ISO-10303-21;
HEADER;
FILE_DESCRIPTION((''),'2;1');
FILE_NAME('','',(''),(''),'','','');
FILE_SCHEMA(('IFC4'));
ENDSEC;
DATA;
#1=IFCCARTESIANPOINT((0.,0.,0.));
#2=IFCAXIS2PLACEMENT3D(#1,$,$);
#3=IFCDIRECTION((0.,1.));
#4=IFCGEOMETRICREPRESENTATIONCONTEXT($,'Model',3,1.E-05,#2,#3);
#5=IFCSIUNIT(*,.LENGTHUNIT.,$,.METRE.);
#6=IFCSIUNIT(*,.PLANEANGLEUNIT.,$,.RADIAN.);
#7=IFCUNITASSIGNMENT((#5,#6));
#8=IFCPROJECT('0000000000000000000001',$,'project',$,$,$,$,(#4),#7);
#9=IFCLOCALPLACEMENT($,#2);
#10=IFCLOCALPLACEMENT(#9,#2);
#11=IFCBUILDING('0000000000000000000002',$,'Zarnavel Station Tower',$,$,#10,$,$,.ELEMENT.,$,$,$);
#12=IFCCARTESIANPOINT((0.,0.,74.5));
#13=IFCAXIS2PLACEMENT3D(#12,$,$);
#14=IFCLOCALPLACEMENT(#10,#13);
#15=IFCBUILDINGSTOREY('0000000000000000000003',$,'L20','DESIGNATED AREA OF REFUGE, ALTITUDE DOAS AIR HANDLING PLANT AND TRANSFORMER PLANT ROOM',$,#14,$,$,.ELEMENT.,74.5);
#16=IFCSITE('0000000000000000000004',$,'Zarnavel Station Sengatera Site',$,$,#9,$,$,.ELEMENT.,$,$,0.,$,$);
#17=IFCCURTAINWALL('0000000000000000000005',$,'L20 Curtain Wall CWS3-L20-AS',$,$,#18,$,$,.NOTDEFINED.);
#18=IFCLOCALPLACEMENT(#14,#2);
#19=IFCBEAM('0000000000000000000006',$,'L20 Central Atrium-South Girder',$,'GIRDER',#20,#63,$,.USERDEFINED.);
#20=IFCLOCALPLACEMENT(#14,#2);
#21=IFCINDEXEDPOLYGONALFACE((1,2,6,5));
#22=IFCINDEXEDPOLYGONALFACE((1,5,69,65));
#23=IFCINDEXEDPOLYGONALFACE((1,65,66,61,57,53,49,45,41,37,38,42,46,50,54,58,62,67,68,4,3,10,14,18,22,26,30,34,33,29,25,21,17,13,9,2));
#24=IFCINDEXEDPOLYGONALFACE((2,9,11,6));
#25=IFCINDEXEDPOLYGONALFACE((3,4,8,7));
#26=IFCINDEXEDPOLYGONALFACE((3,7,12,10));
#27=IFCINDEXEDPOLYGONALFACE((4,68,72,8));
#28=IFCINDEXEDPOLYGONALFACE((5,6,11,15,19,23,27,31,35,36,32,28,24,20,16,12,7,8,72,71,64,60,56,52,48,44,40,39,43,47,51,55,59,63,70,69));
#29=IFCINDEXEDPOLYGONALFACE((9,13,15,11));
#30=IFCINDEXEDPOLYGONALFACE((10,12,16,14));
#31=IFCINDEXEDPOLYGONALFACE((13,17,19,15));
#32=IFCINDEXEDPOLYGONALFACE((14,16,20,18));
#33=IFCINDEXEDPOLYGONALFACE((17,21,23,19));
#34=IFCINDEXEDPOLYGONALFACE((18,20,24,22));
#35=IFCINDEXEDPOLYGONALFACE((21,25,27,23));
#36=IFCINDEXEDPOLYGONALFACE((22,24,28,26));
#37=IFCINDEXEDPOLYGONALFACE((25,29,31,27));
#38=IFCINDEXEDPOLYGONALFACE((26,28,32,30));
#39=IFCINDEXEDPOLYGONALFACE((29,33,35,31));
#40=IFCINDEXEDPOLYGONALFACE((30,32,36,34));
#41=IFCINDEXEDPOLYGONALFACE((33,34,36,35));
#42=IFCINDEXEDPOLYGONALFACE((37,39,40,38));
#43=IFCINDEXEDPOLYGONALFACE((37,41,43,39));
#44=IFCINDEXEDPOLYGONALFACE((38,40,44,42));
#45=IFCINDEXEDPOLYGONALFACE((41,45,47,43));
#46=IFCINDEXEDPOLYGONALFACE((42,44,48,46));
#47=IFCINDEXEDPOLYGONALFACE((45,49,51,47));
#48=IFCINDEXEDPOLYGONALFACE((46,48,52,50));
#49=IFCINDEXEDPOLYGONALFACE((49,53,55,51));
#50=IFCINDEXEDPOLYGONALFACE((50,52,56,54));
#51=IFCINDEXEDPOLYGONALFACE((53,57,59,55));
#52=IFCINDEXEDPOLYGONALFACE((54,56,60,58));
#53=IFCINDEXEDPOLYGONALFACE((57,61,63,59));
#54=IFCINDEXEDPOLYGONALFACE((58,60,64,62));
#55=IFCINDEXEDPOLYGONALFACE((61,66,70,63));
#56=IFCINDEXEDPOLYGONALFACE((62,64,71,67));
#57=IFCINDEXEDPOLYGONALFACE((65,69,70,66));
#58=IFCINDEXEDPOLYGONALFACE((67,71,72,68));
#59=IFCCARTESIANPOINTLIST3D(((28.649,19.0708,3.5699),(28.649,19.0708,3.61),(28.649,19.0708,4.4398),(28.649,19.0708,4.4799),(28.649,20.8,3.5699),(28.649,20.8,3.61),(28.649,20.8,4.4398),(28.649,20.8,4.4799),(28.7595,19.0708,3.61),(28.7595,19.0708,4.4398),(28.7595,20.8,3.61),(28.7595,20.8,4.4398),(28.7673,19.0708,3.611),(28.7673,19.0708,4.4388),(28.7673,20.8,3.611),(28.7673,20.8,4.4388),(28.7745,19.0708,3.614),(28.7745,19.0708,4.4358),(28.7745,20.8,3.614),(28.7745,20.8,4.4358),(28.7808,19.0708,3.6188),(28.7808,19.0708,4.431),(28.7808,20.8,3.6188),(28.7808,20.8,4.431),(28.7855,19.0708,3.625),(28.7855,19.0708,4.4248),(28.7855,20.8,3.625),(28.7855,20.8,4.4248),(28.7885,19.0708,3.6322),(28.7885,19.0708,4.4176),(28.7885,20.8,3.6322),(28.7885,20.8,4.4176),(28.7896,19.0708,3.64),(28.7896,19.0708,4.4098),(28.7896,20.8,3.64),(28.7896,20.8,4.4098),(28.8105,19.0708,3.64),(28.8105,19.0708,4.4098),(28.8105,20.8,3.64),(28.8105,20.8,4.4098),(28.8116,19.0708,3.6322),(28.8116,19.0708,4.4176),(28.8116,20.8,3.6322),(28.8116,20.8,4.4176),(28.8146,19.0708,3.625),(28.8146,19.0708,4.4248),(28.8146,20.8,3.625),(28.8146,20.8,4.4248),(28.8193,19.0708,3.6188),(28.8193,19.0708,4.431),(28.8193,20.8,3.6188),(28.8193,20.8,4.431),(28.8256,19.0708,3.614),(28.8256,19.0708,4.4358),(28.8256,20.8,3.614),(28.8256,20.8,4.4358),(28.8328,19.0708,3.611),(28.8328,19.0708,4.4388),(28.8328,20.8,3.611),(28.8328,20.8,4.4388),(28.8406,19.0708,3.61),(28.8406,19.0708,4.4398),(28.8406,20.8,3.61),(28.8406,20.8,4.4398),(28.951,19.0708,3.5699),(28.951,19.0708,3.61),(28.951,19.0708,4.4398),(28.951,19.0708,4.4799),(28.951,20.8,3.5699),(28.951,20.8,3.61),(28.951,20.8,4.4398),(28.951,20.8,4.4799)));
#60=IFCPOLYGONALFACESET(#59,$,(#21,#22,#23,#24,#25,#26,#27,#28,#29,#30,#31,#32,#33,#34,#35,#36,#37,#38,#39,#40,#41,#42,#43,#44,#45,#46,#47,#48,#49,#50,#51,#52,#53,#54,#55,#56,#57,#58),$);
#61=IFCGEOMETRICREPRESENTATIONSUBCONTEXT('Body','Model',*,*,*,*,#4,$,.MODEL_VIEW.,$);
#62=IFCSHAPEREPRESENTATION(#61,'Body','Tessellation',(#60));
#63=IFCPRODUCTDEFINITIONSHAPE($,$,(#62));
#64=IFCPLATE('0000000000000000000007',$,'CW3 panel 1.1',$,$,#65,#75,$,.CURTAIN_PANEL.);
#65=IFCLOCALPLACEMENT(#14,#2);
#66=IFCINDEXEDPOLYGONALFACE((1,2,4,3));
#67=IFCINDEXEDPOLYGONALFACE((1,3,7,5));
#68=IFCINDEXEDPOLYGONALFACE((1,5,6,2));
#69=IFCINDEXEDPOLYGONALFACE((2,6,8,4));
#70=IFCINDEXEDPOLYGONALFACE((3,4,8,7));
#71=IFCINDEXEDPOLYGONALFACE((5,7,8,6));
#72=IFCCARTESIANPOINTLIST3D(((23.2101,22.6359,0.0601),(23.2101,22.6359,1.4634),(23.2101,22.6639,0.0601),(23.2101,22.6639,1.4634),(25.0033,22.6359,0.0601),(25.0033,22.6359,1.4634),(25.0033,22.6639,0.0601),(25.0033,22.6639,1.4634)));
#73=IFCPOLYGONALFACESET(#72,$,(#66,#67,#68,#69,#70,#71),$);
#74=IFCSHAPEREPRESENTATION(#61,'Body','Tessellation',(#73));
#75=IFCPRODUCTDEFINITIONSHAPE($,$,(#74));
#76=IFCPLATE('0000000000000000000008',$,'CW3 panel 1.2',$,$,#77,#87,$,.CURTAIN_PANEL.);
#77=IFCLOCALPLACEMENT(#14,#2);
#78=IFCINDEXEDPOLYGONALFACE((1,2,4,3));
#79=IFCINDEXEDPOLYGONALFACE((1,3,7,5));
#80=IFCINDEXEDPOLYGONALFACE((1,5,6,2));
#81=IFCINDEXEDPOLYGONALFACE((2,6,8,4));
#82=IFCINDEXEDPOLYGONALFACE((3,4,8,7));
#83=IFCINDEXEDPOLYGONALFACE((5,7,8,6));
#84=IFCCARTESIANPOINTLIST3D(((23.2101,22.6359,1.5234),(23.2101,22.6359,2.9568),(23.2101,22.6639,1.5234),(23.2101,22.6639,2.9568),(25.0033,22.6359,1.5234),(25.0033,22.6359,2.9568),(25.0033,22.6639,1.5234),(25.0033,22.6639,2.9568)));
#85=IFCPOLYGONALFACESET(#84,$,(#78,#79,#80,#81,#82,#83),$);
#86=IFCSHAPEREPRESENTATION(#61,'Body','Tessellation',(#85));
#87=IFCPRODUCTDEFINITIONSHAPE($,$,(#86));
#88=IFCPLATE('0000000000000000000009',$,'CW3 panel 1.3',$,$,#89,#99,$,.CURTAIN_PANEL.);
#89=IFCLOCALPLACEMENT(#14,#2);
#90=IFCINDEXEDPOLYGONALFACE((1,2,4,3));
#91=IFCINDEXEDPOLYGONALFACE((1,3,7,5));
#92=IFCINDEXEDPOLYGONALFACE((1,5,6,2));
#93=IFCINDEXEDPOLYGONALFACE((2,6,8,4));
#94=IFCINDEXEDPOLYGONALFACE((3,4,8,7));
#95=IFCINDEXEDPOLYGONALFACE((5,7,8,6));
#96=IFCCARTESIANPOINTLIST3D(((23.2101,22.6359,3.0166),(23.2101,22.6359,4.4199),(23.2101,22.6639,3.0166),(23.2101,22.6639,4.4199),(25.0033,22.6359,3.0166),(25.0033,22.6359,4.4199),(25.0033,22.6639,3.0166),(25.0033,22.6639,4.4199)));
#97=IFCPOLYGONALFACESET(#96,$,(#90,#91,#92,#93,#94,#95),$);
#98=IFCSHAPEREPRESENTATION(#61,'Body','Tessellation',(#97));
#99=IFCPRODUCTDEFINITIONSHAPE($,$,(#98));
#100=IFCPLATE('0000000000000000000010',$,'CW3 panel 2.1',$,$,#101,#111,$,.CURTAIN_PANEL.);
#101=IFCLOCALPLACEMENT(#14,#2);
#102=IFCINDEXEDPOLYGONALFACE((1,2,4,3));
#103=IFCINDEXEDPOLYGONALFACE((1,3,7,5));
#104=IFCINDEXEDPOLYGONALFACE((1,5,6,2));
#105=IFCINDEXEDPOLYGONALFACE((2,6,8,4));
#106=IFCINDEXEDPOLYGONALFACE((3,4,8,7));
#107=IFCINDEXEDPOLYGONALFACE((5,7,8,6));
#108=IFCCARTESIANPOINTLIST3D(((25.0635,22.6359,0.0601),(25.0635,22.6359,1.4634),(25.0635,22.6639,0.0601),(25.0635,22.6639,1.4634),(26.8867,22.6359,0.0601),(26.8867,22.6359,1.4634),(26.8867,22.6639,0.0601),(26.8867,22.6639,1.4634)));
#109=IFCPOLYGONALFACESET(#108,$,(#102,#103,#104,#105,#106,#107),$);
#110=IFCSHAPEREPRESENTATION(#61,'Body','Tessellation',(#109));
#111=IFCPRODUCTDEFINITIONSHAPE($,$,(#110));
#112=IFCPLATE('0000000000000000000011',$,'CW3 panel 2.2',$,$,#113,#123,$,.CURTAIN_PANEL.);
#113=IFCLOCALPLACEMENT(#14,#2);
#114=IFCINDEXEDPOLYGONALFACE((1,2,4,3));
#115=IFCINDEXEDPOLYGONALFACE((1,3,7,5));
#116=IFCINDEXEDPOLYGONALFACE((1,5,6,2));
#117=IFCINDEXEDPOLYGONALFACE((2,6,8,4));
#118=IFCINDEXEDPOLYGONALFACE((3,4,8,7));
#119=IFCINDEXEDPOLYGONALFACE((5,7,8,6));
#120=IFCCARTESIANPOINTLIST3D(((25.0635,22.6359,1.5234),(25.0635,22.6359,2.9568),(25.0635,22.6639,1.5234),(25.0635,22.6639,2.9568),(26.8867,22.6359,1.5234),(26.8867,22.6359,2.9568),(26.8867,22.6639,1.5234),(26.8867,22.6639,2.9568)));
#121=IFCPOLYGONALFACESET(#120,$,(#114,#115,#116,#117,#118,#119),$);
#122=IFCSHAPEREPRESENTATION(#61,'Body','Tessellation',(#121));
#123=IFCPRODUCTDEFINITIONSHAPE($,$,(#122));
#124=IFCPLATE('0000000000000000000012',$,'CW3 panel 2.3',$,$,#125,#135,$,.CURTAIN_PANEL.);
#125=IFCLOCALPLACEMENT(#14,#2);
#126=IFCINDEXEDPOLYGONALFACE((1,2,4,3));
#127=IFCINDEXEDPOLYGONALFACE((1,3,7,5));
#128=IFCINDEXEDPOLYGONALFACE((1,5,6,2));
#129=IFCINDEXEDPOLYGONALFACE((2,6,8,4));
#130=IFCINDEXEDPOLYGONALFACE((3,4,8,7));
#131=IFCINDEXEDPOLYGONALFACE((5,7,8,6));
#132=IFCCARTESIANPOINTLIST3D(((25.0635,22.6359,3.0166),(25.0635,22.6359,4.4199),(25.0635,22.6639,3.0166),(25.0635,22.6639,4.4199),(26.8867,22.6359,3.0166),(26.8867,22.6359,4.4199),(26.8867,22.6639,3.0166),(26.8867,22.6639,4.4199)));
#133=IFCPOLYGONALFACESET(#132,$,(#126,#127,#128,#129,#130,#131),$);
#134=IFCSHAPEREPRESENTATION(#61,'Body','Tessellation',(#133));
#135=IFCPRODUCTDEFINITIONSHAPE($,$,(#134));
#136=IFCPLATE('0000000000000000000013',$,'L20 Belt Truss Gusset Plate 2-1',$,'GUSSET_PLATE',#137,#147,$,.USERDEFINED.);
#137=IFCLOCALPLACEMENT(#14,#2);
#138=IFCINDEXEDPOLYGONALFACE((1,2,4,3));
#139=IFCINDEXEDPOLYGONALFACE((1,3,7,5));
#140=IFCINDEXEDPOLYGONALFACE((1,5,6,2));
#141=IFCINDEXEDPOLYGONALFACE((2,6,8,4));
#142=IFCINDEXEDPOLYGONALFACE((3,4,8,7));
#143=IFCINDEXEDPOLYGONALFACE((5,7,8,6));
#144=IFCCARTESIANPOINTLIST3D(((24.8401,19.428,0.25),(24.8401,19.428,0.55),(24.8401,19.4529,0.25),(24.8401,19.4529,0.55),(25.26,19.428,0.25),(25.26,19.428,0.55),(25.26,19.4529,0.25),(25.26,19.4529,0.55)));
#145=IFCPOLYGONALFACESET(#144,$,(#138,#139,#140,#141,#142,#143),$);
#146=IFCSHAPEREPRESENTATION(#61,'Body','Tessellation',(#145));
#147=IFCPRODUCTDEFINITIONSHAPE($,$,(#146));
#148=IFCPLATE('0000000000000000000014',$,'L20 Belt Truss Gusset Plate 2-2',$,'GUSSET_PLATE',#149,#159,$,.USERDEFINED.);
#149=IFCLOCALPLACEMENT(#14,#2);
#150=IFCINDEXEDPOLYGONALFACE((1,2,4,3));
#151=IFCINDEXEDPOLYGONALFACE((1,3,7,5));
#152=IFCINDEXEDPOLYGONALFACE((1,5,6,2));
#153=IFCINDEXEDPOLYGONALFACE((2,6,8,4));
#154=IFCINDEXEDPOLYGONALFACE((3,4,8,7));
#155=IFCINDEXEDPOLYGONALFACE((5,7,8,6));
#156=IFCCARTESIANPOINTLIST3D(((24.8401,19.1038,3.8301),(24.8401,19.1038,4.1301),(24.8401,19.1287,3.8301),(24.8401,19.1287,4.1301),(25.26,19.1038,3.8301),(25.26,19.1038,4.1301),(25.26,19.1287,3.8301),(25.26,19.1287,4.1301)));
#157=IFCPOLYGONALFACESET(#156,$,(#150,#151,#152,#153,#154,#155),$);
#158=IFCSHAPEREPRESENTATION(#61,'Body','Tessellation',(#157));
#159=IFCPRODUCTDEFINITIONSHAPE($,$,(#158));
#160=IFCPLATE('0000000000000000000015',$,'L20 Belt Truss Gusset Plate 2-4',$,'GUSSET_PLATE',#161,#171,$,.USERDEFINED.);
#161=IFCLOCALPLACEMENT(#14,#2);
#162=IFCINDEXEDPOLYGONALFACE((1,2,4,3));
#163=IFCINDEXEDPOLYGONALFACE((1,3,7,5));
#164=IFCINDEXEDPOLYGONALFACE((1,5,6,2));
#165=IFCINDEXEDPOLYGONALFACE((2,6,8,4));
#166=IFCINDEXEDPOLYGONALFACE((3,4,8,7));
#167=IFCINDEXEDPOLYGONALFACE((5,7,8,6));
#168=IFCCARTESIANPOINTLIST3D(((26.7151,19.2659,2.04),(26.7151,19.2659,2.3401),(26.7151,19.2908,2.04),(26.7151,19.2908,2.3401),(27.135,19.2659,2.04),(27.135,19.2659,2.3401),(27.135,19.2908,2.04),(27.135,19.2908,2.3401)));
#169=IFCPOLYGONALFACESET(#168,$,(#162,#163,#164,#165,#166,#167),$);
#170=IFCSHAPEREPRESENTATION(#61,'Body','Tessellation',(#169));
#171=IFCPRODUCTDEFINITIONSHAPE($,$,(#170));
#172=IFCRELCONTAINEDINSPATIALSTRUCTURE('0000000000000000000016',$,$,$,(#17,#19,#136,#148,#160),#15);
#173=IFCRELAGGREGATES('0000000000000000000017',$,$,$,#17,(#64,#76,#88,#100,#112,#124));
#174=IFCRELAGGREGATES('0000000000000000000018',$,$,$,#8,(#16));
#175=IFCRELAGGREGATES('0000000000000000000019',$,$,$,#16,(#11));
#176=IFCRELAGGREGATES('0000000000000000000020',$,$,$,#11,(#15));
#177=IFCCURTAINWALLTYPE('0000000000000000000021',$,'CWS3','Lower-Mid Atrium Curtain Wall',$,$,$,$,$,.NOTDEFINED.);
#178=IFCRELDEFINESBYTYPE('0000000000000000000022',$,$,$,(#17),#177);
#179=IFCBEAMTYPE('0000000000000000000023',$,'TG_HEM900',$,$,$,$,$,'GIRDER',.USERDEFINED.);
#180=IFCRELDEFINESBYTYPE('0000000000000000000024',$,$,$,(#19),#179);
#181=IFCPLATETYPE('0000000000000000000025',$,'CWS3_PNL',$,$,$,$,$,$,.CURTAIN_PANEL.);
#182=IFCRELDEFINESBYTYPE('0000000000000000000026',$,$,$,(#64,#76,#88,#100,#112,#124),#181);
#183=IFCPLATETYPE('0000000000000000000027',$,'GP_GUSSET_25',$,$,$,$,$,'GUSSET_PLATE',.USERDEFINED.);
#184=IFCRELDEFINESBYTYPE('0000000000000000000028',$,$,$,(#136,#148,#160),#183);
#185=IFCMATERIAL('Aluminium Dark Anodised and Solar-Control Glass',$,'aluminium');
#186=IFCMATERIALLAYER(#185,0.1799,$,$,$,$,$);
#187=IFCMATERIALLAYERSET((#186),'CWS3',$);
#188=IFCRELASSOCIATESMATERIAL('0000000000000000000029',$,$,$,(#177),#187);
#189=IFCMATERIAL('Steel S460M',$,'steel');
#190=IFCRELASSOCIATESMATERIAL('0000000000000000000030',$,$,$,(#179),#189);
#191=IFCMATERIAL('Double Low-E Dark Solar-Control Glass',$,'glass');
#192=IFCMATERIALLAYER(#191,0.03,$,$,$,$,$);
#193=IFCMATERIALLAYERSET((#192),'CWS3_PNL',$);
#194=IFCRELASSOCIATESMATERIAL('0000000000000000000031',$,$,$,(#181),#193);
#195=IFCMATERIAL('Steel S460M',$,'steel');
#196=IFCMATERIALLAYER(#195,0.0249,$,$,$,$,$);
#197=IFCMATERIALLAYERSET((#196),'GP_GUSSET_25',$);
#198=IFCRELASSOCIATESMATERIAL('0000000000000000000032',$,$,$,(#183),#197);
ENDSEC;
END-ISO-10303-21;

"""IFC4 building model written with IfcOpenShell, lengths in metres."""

from ifc_helpers import new_model, si_unit, direction, frame, origin, origin_2d, place, context, subcontext, project, spatial, rectangle, i_section, extrude, material, layer, layer_set, material_profile, profile_set, type_object, element, aggregate, save


model = new_model("IFC4")

# Units and contexts
model_context = context("Model", 3, precision=1e-05, world=origin(), true_north=direction((0.0, 1.0)))
body_context = subcontext(model_context, "Body", "Model", "MODEL_VIEW")
ifc_project = project(units=[si_unit("LENGTHUNIT", "METRE"), si_unit("PLANEANGLEUNIT", "RADIAN")], contexts=[model_context])

# Site, building, storey
site_placement = place(None, origin())
site = spatial("IfcSite", under=ifc_project, at=site_placement, Name="Zarnavel Station Sengatera Site", CompositionType="ELEMENT", RefElevation=0.0)
building_placement = place(site_placement, origin())
building = spatial("IfcBuilding", under=site, at=building_placement, Name="Zarnavel Station Tower", CompositionType="ELEMENT")
storey_placement = place(building_placement, frame((0.0, 0.0, 74.5)))
storey = spatial("IfcBuildingStorey", under=building, at=storey_placement, Name="L20", Description="DESIGNATED AREA OF REFUGE, ALTITUDE DOAS AIR HANDLING PLANT AND TRANSFORMER PLANT ROOM", CompositionType="ELEMENT", Elevation=74.5)

# Curtain wall
ifc_material_1 = material(Name="Aluminium Dark Anodised and Solar-Control Glass", Category="aluminium")
ifc_layer_1 = layer(ifc_material_1, 0.1799)
ifc_layer_set_1 = layer_set([ifc_layer_1], Name="CWS3")
curtain_wall_type = type_object("IfcCurtainWallType", Name="CWS3", Description="Lower-Mid Atrium Curtain Wall", PredefinedType="NOTDEFINED", material=ifc_layer_set_1)
curtain_wall_placement = place(storey_placement, origin())
curtain_wall = element("IfcCurtainWall", 1, at=curtain_wall_placement, inside=storey, type_object=curtain_wall_type, Name="L20 Curtain Wall CWS3-L20-AS", PredefinedType="NOTDEFINED")

# Beam
ifc_material_2 = material(Name="Steel S460M", Category="steel")
ifc_material_profile_1 = material_profile(ifc_material_2, i_section(OverallWidth=0.302, OverallDepth=0.9099, WebThickness=0.021, FlangeThickness=0.04, FilletRadius=0.03, at=origin_2d()), Name="HEM900")
ifc_profile_set_1 = profile_set([ifc_material_profile_1], Name="Steel S460M")
beam_type = type_object("IfcBeamType", Name="TG_HEM900", ElementType="GIRDER", PredefinedType="USERDEFINED", material=ifc_profile_set_1)
beam_placement = place(storey_placement, frame((28.8, 19.0708, 4.0249), z_axis=(0.0, 1.0, 0.0), x_axis=(-1.0, 0.0, 0.0)))
element("IfcBeam", 2, at=beam_placement, inside=storey, type_object=beam_type, Name="L20 Central Atrium-South Girder", ObjectType="GIRDER", PredefinedType="USERDEFINED", context=body_context, shape_type="SweptSolid", body=[
    extrude(i_section(OverallWidth=0.302, OverallDepth=0.9099, WebThickness=0.021, FlangeThickness=0.04, FilletRadius=0.03, at=origin_2d()), origin(), (0.0, 0.0, 1.0), 1.7292),
])

# Plates
ifc_material_3 = material(Name="Double Low-E Dark Solar-Control Glass", Category="glass")
ifc_layer_2 = layer(ifc_material_3, 0.03)
ifc_layer_set_2 = layer_set([ifc_layer_2], Name="CWS3_PNL")
plate_type_1 = type_object("IfcPlateType", Name="CWS3_PNL", PredefinedType="CURTAIN_PANEL", material=ifc_layer_set_2)
plate_1_placement = place(storey_placement, frame((24.1067, 22.6499, 0.0601), z_axis=(0.0, 0.0, 1.0), x_axis=(1.0, 0.0, 0.0)))
plate_1 = element("IfcPlate", 3, at=plate_1_placement, type_object=plate_type_1, Name="CW3 panel 1.1", PredefinedType="CURTAIN_PANEL", context=body_context, shape_type="SweptSolid", body=[
    extrude(rectangle(XDim=1.7932, YDim=0.0281, at=origin_2d()), origin(), (0.0, 0.0, 1.0), 1.4033),
])
plate_2_placement = place(storey_placement, frame((24.1067, 22.6499, 1.5234), z_axis=(0.0, 0.0, 1.0), x_axis=(1.0, 0.0, 0.0)))
plate_2 = element("IfcPlate", 4, at=plate_2_placement, type_object=plate_type_1, Name="CW3 panel 1.2", PredefinedType="CURTAIN_PANEL", context=body_context, shape_type="SweptSolid", body=[
    extrude(rectangle(XDim=1.7932, YDim=0.0281, at=origin_2d()), origin(), (0.0, 0.0, 1.0), 1.4333),
])
plate_3_placement = place(storey_placement, frame((24.1067, 22.6499, 3.0166), z_axis=(0.0, 0.0, 1.0), x_axis=(1.0, 0.0, 0.0)))
plate_3 = element("IfcPlate", 5, at=plate_3_placement, type_object=plate_type_1, Name="CW3 panel 1.3", PredefinedType="CURTAIN_PANEL", context=body_context, shape_type="SweptSolid", body=[
    extrude(rectangle(XDim=1.7932, YDim=0.0281, at=origin_2d()), origin(), (0.0, 0.0, 1.0), 1.4033),
])
plate_4_placement = place(storey_placement, frame((25.9751, 22.6499, 0.0601), z_axis=(0.0, 0.0, 1.0), x_axis=(1.0, 0.0, 0.0)))
plate_4 = element("IfcPlate", 6, at=plate_4_placement, type_object=plate_type_1, Name="CW3 panel 2.1", PredefinedType="CURTAIN_PANEL", context=body_context, shape_type="SweptSolid", body=[
    extrude(rectangle(XDim=1.8232, YDim=0.0281, at=origin_2d()), origin(), (0.0, 0.0, 1.0), 1.4033),
])
plate_5_placement = place(storey_placement, frame((25.9751, 22.6499, 1.5234), z_axis=(0.0, 0.0, 1.0), x_axis=(1.0, 0.0, 0.0)))
plate_5 = element("IfcPlate", 7, at=plate_5_placement, type_object=plate_type_1, Name="CW3 panel 2.2", PredefinedType="CURTAIN_PANEL", context=body_context, shape_type="SweptSolid", body=[
    extrude(rectangle(XDim=1.8232, YDim=0.0281, at=origin_2d()), origin(), (0.0, 0.0, 1.0), 1.4333),
])
plate_6_placement = place(storey_placement, frame((25.9751, 22.6499, 3.0166), z_axis=(0.0, 0.0, 1.0), x_axis=(1.0, 0.0, 0.0)))
plate_6 = element("IfcPlate", 8, at=plate_6_placement, type_object=plate_type_1, Name="CW3 panel 2.3", PredefinedType="CURTAIN_PANEL", context=body_context, shape_type="SweptSolid", body=[
    extrude(rectangle(XDim=1.8232, YDim=0.0281, at=origin_2d()), origin(), (0.0, 0.0, 1.0), 1.4033),
])
aggregate(curtain_wall, [plate_1, plate_2, plate_3, plate_4, plate_5, plate_6])

# Plates
ifc_material_4 = material(Name="Steel S460M", Category="steel")
ifc_layer_3 = layer(ifc_material_4, 0.0249)
ifc_layer_set_3 = layer_set([ifc_layer_3], Name="GP_GUSSET_25")
plate_type_2 = type_object("IfcPlateType", Name="GP_GUSSET_25", ElementType="GUSSET_PLATE", PredefinedType="USERDEFINED", material=ifc_layer_set_3)
for number, where, z_axis, x_axis, name in (
    (9, (25.05, 19.4404, 0.25), (0.0, 0.0, 1.0), (1.0, 0.0, 0.0), "L20 Belt Truss Gusset Plate 2-1"),
    (10, (25.05, 19.1162, 3.8301), (0.0, 0.0, 1.0), (1.0, 0.0, 0.0), "L20 Belt Truss Gusset Plate 2-2"),
    (11, (26.925, 19.2783, 2.04), (0.0, 0.0, 1.0), (1.0, 0.0, 0.0), "L20 Belt Truss Gusset Plate 2-4"),
):
    element("IfcPlate", number, at=place(storey_placement, frame(where, z_axis=z_axis, x_axis=x_axis)), inside=storey, type_object=plate_type_2, Name=name, ObjectType="GUSSET_PLATE", PredefinedType="USERDEFINED", context=body_context, shape_type="SweptSolid", body=[
        extrude(rectangle(XDim=0.4199, YDim=0.0249, at=origin_2d()), origin(), (0.0, 0.0, 1.0), 0.3),
    ])

save(model, "model.ifc")
